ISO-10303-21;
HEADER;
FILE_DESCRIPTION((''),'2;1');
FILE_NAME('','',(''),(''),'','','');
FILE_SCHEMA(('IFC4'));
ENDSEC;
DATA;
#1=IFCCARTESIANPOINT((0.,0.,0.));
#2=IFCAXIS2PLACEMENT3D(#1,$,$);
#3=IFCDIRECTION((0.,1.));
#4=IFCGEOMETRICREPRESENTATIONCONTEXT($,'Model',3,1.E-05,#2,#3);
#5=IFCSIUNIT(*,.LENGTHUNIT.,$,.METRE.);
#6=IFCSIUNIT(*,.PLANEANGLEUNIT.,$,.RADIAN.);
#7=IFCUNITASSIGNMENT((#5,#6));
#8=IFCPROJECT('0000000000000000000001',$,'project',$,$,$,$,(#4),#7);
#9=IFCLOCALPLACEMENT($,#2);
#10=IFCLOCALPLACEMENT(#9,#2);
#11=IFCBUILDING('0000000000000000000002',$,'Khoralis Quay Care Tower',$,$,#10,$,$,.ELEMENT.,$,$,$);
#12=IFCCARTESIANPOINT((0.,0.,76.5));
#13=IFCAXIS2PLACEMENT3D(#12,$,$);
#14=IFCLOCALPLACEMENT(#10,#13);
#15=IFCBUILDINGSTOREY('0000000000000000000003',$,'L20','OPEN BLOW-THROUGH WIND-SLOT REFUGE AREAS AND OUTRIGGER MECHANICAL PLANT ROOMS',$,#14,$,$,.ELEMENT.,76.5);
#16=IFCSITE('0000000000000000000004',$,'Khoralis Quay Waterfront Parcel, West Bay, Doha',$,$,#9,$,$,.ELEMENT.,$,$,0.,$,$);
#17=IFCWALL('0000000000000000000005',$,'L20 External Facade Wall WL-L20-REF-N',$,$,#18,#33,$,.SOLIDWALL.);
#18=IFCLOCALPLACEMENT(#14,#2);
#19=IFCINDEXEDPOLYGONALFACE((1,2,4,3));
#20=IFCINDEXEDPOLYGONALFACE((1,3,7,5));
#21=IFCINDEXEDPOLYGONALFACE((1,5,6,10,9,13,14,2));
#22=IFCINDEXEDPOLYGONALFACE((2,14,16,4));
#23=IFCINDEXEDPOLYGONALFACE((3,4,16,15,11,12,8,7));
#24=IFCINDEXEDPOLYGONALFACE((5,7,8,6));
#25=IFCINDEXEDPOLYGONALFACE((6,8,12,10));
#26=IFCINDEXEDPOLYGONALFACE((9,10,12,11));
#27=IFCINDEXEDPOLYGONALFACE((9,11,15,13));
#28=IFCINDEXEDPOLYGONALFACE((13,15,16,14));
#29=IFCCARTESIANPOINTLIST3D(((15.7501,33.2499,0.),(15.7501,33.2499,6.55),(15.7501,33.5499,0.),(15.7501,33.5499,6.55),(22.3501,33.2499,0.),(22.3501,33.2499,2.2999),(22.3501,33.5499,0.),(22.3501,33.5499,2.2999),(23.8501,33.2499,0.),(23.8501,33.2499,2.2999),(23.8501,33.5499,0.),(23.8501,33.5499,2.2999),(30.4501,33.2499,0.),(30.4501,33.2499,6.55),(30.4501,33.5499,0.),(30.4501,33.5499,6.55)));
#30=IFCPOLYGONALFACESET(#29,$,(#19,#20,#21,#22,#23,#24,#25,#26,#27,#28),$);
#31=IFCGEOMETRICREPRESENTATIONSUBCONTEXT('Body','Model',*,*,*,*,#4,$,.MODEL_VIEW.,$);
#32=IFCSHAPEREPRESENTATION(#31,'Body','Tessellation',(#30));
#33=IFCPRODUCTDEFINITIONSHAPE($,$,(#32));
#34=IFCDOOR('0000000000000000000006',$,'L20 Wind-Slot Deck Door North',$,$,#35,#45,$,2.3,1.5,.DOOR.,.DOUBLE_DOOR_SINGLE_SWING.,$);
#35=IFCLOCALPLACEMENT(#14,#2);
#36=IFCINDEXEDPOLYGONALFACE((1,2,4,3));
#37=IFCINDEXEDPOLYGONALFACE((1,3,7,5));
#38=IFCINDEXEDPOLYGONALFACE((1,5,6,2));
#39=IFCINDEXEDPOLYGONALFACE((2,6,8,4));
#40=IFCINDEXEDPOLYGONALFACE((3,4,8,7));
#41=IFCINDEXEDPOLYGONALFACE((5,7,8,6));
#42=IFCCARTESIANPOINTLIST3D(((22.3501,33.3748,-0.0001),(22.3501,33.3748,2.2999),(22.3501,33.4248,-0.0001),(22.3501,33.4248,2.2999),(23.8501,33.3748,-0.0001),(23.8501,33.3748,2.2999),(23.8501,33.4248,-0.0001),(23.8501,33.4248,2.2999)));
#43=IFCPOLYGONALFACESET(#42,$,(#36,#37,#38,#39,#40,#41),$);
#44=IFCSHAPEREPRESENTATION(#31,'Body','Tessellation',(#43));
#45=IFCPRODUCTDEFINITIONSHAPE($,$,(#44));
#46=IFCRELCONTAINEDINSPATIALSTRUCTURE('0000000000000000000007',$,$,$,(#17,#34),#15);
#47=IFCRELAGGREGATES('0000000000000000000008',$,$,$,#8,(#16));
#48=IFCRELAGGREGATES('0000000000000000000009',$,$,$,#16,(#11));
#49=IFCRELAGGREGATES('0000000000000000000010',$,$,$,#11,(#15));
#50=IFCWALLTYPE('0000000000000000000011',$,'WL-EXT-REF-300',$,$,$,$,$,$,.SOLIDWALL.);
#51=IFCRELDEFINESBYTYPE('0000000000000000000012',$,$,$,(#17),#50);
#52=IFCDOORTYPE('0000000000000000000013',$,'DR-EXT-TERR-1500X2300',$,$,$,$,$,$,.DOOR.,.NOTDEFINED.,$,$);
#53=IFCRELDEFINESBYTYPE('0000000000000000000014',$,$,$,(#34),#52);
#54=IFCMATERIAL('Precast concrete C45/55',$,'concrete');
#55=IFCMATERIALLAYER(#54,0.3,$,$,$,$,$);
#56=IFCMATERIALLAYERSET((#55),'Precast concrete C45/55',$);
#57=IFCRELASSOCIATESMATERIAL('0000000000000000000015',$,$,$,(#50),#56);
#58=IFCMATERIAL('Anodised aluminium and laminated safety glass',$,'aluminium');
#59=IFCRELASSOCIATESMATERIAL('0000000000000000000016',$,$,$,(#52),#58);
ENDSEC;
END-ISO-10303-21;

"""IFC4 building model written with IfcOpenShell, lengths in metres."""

from ifc_helpers import new_model, si_unit, direction, frame, frame_2d, origin, place, context, subcontext, project, spatial, rectangle, extrude, source, transform, mapped, material, layer, layer_set, type_object, element, fill, save


model = new_model("IFC4")

# Units and contexts
model_context = context("Model", 3, precision=1e-05, world=origin(), true_north=direction((0.0, 1.0)))
body_context = subcontext(model_context, "Body", "Model", "MODEL_VIEW")
ifc_project = project(units=[si_unit("LENGTHUNIT", "METRE"), si_unit("PLANEANGLEUNIT", "RADIAN")], contexts=[model_context])

# Site, building, storey
site_placement = place(None, origin())
site = spatial("IfcSite", under=ifc_project, at=site_placement, Name="Khoralis Quay Waterfront Parcel, West Bay, Doha", CompositionType="ELEMENT", RefElevation=0.0)
building_placement = place(site_placement, origin())
building = spatial("IfcBuilding", under=site, at=building_placement, Name="Khoralis Quay Care Tower", CompositionType="ELEMENT")
storey_placement = place(building_placement, frame((0.0, 0.0, 76.5)))
storey = spatial("IfcBuildingStorey", under=building, at=storey_placement, Name="L20", Description="OPEN BLOW-THROUGH WIND-SLOT REFUGE AREAS AND OUTRIGGER MECHANICAL PLANT ROOMS", CompositionType="ELEMENT", Elevation=76.5)

# Wall, opening, door
ifc_material_1 = material(Name="Precast concrete C45/55", Category="concrete")
ifc_layer_1 = layer(ifc_material_1, 0.3)
ifc_layer_set_1 = layer_set([ifc_layer_1], Name="Precast concrete C45/55")
wall_type_1 = type_object("IfcWallType", Name="WL-EXT-REF-300", PredefinedType="SOLIDWALL", material=ifc_layer_set_1)
wall_1_placement = place(storey_placement, frame((15.75, 33.3999, 0.0), z_axis=(0.0, 0.0, 1.0), x_axis=(1.0, 0.0, 0.0)))
wall_1 = element("IfcWall", 1, at=wall_1_placement, inside=storey, type_object=wall_type_1, Name="L20 External Facade Wall WL-L20-REF-N", PredefinedType="SOLIDWALL", context=body_context, shape_type="SweptSolid", body=[
    extrude(rectangle(XDim=14.7, YDim=0.3, at=frame_2d((7.3501, 0.0))), origin(), (0.0, 0.0, 1.0), 6.55),
])
opening_1_placement = place(wall_1_placement, frame((6.6001, 0.0, 0.0)))
opening_1 = element("IfcOpeningElement", 2, at=opening_1_placement, cuts=wall_1, PredefinedType="OPENING", context=body_context, shape_type="SweptSolid", body=[
    extrude(rectangle(XDim=1.5, YDim=2.3, at=frame_2d((0.75, 1.1499))), frame((0.0, 0.1602, 0.0), z_axis=(0.0, -1.0, 0.0), x_axis=(1.0, 0.0, 0.0)), (0.0, 0.0, 1.0), 0.3201),
])
ifc_material_2 = material(Name="Anodised aluminium and laminated safety glass", Category="aluminium")
door_type_1 = type_object("IfcDoorType", Name="DR-EXT-TERR-1500X2300", OperationType="NOTDEFINED", PredefinedType="DOOR", material=ifc_material_2)
shared_shape_1 = source(origin(), body_context, "Body", "SweptSolid", [
    extrude(rectangle(XDim=1.5, YDim=2.3, at=frame_2d((0.75, 1.1499))), frame((0.0, 0.0249, 0.0), z_axis=(0.0, -1.0, 0.0), x_axis=(1.0, 0.0, 0.0)), (0.0, 0.0, 1.0), 0.05),
])
door_1_placement = place(opening_1_placement, origin())
door_1 = element("IfcDoor", 3, at=door_1_placement, inside=storey, type_object=door_type_1, Name="L20 Wind-Slot Deck Door North", OperationType="DOUBLE_DOOR_SINGLE_SWING", OverallHeight=2.3, OverallWidth=1.5, PredefinedType="DOOR", context=body_context, shape_type="MappedRepresentation", body=[
    mapped(shared_shape_1, transform((0.0, 0.0, 0.0), scale=1.0)),
])
fill(opening_1, door_1)

save(model, "model.ifc")
